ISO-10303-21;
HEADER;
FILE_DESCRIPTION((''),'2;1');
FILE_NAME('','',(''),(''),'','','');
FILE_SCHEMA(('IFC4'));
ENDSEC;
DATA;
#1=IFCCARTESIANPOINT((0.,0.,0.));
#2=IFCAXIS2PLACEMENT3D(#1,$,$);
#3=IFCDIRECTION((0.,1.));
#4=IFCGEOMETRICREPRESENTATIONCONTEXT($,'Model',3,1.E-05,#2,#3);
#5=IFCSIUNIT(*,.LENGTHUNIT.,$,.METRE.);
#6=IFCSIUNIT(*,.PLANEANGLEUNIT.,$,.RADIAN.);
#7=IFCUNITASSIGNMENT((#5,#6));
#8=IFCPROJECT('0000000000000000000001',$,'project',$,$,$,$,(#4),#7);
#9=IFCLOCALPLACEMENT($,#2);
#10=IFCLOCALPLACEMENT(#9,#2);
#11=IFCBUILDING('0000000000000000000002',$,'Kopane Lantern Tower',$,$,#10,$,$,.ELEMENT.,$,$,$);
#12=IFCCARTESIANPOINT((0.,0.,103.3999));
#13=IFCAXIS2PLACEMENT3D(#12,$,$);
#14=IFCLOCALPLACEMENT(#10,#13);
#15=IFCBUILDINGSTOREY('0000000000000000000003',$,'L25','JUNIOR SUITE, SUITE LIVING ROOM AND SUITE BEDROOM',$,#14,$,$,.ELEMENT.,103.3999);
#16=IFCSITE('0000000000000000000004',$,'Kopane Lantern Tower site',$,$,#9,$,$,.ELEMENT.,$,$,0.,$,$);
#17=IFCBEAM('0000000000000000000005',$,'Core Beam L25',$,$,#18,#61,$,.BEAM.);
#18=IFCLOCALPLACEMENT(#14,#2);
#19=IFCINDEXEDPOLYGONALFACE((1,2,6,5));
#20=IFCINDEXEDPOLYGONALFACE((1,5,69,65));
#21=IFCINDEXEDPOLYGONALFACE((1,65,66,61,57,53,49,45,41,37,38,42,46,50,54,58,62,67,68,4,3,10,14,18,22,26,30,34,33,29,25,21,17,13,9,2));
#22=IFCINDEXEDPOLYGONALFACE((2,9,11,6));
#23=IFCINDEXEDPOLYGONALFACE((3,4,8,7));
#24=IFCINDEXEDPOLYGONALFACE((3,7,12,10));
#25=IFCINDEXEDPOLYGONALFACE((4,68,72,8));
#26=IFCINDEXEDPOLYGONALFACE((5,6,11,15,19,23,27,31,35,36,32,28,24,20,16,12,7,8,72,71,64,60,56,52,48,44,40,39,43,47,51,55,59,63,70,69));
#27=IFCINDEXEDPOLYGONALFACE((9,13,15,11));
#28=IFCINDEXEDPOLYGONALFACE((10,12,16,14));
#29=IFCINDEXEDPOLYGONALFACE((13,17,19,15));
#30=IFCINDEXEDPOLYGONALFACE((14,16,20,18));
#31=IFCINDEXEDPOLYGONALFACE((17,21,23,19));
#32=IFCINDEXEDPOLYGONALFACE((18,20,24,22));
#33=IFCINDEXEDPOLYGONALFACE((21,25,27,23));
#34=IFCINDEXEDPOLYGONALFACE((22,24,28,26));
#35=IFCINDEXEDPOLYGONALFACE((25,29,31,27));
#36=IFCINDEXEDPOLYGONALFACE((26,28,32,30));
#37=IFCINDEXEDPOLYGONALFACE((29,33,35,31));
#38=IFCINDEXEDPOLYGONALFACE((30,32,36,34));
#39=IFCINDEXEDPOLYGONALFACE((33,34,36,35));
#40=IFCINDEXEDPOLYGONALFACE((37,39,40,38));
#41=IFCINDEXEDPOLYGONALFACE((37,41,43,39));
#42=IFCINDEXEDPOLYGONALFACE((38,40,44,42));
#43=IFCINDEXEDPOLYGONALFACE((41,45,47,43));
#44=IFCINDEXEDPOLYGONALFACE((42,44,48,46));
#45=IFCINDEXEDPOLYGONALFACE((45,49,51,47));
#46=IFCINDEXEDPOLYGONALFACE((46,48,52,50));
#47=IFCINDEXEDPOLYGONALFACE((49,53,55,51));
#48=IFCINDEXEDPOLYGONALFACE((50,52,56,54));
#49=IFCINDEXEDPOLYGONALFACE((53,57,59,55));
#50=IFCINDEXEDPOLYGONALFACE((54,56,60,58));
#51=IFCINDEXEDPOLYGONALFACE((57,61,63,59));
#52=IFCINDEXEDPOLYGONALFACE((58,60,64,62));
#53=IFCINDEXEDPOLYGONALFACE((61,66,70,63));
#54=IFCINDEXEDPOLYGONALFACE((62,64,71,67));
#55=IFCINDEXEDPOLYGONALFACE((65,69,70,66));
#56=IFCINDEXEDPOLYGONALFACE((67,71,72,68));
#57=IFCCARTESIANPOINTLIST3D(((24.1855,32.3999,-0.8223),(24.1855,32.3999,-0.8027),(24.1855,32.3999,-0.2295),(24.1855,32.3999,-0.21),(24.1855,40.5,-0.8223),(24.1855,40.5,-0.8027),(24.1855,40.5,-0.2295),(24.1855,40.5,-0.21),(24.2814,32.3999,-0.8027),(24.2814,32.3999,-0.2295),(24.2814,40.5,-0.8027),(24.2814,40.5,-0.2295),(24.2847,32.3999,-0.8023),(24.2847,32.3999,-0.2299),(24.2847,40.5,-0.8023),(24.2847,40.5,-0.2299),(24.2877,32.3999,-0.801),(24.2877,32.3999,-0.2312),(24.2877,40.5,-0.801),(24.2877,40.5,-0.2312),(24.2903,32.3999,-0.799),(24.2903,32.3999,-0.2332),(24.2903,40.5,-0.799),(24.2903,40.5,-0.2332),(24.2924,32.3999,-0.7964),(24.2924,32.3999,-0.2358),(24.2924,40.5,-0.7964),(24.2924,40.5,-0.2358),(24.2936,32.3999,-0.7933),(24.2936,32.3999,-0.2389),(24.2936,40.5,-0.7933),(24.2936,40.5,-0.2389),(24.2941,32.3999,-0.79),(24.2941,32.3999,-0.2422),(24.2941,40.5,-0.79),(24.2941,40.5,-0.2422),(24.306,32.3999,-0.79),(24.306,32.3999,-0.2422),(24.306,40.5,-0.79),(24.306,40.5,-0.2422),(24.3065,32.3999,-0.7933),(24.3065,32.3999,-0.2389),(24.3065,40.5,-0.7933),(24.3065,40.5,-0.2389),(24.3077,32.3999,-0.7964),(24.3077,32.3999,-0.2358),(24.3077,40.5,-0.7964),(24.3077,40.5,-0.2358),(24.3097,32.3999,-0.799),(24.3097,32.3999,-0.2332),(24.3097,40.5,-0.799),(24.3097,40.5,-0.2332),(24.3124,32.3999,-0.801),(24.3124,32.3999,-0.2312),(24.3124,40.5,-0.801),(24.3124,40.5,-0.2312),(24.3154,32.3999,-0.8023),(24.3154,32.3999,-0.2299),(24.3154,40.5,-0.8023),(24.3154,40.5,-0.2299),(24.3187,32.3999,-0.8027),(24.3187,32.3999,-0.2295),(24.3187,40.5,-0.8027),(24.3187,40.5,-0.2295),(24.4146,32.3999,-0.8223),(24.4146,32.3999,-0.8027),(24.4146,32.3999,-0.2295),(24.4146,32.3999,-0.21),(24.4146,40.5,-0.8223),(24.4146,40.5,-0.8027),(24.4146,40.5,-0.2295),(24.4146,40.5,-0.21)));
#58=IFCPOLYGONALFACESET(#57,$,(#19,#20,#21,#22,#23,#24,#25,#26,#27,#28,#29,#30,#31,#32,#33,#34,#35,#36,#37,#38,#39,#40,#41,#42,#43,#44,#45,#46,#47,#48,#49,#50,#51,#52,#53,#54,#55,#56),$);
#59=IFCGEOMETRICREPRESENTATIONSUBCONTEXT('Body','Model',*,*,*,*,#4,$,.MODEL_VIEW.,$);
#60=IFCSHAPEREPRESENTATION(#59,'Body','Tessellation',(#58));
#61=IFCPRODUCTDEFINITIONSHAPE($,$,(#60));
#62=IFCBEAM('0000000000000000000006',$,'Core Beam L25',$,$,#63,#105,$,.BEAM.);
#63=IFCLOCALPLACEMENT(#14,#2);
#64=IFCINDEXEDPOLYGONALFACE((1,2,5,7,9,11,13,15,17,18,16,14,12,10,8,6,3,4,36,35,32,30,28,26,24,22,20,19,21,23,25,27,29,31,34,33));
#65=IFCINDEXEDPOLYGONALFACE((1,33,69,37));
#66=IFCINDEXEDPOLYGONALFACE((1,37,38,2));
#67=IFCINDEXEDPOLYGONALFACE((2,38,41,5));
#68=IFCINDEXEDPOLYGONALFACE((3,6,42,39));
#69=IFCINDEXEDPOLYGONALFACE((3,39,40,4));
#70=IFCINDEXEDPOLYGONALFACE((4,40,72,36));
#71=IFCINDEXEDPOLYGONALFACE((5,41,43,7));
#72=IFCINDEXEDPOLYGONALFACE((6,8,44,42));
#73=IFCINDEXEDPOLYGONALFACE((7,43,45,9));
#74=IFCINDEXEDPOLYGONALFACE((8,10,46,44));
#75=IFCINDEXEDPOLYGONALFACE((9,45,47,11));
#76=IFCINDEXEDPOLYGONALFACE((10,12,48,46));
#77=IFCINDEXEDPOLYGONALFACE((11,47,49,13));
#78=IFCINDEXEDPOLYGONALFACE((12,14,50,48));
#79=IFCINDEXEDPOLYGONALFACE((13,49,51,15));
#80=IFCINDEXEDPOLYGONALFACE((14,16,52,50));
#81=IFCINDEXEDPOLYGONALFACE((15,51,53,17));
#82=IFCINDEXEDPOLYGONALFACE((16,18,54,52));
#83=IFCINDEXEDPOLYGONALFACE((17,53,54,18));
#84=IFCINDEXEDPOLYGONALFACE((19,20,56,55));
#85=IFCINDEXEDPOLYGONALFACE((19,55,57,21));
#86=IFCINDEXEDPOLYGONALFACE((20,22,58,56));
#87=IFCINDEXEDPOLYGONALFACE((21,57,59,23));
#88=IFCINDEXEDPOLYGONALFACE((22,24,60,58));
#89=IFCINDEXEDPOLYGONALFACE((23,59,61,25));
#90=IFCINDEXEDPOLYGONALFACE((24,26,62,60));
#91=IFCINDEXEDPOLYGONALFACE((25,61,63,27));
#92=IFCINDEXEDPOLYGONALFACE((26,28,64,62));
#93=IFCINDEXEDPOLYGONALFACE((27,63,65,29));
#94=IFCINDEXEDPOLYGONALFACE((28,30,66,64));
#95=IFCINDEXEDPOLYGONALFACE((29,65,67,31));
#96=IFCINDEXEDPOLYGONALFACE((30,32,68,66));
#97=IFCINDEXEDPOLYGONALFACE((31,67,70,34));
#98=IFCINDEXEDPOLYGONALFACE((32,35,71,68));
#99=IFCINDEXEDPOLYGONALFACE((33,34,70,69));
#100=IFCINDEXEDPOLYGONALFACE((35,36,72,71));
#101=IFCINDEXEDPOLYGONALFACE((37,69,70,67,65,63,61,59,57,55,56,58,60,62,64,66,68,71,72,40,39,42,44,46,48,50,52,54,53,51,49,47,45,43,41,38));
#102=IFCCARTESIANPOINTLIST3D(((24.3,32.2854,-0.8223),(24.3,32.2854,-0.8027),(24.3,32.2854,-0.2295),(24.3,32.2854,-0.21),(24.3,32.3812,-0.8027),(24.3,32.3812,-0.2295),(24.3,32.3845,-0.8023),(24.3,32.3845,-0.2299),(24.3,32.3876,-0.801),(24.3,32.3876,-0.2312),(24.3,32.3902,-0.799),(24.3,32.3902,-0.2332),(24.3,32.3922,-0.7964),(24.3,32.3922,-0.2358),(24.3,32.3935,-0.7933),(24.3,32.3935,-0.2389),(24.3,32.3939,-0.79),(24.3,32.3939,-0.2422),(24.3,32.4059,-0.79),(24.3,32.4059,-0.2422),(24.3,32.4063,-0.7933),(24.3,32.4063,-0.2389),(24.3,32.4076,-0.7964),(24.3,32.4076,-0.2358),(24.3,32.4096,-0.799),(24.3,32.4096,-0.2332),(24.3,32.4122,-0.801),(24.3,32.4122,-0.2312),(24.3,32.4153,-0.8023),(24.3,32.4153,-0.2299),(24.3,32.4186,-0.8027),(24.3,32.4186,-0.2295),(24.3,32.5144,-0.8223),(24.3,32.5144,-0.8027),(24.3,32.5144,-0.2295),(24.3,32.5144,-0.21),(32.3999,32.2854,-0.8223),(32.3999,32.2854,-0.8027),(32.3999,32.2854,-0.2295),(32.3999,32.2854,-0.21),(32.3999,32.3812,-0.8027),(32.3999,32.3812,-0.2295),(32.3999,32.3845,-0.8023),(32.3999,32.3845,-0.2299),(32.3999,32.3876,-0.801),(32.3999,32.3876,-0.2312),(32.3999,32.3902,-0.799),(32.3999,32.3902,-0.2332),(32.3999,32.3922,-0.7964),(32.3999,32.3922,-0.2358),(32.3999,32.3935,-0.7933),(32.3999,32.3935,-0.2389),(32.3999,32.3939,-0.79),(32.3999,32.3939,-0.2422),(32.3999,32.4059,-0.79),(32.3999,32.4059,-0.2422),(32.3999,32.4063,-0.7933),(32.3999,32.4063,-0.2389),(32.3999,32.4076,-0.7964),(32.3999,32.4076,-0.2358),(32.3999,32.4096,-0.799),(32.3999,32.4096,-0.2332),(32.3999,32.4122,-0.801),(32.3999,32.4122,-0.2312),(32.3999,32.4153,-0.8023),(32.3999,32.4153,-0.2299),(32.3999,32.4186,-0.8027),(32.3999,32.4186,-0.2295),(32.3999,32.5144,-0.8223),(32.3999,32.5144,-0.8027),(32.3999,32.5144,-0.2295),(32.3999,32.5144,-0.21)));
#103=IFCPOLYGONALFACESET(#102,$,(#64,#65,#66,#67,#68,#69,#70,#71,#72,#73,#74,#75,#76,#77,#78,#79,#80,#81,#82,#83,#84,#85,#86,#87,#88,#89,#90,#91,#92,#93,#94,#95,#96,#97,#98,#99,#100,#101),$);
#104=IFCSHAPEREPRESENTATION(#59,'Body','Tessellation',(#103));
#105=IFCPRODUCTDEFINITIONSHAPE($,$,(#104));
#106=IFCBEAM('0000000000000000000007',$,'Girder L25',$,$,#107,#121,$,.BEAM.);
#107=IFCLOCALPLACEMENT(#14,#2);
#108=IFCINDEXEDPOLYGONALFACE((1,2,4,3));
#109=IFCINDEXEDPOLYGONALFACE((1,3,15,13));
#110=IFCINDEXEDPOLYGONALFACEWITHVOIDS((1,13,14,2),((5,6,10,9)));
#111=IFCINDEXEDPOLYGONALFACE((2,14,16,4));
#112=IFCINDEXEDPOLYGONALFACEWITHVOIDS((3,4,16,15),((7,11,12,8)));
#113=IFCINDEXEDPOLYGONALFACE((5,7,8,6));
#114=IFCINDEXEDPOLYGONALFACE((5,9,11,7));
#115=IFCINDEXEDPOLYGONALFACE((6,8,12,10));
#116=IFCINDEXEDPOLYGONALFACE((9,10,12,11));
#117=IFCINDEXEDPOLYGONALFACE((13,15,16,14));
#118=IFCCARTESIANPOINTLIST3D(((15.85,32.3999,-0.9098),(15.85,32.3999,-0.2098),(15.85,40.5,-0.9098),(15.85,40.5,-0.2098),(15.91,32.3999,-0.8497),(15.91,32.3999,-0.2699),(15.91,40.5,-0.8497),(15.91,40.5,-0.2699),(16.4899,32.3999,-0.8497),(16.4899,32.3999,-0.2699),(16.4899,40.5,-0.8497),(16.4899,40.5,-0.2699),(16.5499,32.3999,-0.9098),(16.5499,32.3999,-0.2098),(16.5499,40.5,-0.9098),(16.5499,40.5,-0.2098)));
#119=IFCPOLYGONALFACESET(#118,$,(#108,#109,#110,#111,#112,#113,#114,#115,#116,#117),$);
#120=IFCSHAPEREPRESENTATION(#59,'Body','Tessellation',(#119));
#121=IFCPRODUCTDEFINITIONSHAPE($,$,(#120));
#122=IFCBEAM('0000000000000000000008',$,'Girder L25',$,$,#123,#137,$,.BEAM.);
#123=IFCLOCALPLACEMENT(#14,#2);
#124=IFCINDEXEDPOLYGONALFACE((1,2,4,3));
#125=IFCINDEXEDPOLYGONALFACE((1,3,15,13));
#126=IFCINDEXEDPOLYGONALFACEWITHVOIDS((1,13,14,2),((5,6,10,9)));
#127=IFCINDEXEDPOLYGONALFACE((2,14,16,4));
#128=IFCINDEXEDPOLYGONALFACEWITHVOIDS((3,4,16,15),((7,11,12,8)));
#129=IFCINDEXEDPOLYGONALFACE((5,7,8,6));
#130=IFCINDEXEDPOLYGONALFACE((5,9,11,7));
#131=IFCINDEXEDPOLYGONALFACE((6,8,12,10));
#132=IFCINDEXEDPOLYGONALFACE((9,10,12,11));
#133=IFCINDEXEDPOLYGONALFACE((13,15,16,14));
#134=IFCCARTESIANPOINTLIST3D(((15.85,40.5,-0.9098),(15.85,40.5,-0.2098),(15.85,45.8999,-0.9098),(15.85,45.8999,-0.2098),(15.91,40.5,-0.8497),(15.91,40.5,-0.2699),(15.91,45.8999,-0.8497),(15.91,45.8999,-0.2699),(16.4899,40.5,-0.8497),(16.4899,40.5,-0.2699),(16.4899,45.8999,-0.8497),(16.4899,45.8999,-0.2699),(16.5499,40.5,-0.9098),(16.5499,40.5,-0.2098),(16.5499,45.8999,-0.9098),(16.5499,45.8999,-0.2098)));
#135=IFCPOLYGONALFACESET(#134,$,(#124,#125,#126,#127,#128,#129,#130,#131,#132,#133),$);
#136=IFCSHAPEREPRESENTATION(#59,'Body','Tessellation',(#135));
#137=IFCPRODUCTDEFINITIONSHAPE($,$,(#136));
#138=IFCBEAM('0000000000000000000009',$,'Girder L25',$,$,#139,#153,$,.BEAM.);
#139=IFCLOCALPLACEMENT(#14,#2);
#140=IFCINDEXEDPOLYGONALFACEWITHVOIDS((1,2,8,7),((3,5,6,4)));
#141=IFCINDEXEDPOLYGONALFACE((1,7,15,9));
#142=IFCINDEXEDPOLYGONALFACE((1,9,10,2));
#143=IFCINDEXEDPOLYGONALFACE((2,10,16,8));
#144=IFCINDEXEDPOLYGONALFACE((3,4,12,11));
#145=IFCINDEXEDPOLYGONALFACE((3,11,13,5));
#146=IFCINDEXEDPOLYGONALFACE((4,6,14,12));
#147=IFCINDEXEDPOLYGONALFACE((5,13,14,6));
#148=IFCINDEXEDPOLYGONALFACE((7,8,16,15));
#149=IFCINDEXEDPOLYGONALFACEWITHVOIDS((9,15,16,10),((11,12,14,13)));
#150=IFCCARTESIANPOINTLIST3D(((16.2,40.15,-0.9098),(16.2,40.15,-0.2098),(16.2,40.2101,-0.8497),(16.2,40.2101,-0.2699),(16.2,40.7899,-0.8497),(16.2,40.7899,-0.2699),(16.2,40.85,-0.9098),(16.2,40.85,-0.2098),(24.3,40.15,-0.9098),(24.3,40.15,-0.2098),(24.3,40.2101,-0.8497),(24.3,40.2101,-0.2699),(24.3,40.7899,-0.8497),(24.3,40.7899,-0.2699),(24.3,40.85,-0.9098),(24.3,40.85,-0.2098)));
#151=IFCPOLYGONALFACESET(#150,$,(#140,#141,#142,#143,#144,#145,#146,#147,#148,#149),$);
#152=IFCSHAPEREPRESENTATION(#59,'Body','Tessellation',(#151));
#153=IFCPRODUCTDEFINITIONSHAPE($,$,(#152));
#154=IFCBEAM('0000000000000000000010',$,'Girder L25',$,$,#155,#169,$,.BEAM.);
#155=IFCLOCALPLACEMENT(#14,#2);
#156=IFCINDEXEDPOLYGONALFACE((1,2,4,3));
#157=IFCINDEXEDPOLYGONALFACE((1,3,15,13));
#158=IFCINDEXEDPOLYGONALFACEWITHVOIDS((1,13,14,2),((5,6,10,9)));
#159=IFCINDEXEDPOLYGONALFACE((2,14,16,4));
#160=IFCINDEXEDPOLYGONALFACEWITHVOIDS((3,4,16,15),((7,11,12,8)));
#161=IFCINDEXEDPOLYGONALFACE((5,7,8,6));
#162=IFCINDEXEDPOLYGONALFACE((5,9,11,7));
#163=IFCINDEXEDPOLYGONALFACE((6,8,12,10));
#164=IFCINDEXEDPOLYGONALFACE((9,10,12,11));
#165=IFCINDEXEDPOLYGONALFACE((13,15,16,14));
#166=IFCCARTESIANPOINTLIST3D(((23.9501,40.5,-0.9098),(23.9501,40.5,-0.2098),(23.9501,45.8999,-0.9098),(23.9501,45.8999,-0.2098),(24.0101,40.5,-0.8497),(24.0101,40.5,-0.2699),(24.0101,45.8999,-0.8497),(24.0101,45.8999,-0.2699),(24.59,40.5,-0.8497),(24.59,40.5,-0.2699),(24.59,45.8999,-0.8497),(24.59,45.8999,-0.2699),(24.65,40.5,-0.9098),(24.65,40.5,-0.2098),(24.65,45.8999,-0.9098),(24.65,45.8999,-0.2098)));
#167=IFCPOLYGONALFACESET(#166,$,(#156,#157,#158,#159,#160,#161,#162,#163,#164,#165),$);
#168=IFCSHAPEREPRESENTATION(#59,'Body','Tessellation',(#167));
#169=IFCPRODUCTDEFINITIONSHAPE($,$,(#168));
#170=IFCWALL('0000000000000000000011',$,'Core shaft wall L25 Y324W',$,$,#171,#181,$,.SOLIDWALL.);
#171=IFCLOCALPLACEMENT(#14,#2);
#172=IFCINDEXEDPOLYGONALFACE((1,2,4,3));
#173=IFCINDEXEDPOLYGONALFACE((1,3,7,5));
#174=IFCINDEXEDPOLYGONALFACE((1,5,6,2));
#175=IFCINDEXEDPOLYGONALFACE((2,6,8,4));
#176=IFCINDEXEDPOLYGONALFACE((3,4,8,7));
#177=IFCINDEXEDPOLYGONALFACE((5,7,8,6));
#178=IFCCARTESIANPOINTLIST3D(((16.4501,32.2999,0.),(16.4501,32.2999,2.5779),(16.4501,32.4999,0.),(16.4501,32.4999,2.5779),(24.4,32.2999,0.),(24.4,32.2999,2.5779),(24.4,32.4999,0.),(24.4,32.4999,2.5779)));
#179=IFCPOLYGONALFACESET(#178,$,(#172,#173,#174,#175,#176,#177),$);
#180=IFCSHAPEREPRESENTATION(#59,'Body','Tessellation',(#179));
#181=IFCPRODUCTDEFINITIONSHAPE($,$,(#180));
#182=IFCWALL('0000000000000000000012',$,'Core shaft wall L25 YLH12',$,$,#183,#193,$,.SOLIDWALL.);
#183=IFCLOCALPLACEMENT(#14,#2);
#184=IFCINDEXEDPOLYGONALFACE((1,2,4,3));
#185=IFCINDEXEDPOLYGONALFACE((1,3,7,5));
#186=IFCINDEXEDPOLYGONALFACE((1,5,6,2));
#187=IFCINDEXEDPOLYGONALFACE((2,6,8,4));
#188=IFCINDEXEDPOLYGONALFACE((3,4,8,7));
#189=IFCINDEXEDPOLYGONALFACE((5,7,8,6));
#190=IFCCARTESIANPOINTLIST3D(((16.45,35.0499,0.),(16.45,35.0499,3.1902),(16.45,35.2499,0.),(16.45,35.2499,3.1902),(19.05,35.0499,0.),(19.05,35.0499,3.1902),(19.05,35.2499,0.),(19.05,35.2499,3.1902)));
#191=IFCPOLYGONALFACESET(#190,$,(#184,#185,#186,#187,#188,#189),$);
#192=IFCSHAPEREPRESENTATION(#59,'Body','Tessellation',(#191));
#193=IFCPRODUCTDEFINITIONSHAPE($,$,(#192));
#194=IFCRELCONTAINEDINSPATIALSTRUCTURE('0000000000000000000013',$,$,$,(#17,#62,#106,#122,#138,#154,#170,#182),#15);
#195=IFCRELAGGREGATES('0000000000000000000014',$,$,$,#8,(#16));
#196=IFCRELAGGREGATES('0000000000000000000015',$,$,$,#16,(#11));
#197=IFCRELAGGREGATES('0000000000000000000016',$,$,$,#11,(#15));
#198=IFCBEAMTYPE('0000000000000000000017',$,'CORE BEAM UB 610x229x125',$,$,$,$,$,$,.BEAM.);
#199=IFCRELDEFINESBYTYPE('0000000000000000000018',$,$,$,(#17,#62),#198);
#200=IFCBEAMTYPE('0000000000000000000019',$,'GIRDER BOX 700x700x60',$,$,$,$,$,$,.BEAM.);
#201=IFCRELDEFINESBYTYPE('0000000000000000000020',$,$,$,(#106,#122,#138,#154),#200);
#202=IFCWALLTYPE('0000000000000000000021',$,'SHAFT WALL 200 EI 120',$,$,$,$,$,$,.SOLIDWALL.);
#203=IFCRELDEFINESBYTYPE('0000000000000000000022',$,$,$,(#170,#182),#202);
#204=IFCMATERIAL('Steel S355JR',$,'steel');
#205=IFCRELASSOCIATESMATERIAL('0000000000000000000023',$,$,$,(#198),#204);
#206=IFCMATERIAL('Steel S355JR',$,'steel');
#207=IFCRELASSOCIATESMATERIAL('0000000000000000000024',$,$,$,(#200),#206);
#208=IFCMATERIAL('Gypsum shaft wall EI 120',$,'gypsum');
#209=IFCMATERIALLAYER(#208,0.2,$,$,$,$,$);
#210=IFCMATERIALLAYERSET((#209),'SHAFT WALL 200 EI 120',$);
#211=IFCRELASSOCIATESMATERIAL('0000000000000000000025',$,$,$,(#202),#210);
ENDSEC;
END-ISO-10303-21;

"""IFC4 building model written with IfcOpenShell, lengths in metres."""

from ifc_helpers import new_model, si_unit, direction, frame, frame_2d, origin, origin_2d, place, context, subcontext, project, spatial, rectangle, hollow_rectangle, i_section, extrude, material, layer, layer_set, material_profile, profile_set, type_object, element, save


model = new_model("IFC4")

# Units and contexts
model_context = context("Model", 3, precision=1e-05, world=origin(), true_north=direction((0.0, 1.0)))
body_context = subcontext(model_context, "Body", "Model", "MODEL_VIEW")
ifc_project = project(units=[si_unit("LENGTHUNIT", "METRE"), si_unit("PLANEANGLEUNIT", "RADIAN")], contexts=[model_context])

# Site, building, storey
site_placement = place(None, origin())
site = spatial("IfcSite", under=ifc_project, at=site_placement, Name="Kopane Lantern Tower site", CompositionType="ELEMENT", RefElevation=0.0)
building_placement = place(site_placement, origin())
building = spatial("IfcBuilding", under=site, at=building_placement, Name="Kopane Lantern Tower", CompositionType="ELEMENT")
storey_placement = place(building_placement, frame((0.0, 0.0, 103.3999)))
storey = spatial("IfcBuildingStorey", under=building, at=storey_placement, Name="L25", Description="JUNIOR SUITE, SUITE LIVING ROOM AND SUITE BEDROOM", CompositionType="ELEMENT", Elevation=103.3999)

# Beams
ifc_material_1 = material(Name="Steel S355JR", Category="steel")
ifc_material_profile_1 = material_profile(ifc_material_1, i_section(OverallWidth=0.229, OverallDepth=0.6123, WebThickness=0.012, FlangeThickness=0.0195, FilletRadius=0.0127, at=origin_2d()), Name="UB 610x229x125")
ifc_profile_set_1 = profile_set([ifc_material_profile_1], Name="Steel S355JR")
beam_type_1 = type_object("IfcBeamType", Name="CORE BEAM UB 610x229x125", PredefinedType="BEAM", material=ifc_profile_set_1)
for number, where, z_axis, x_axis, name in (
    (1, (24.3, 32.3999, -0.5161), (0.0, 1.0, 0.0), (-1.0, 0.0, 0.0), "Core Beam L25"),
):
    element("IfcBeam", number, at=place(storey_placement, frame(where, z_axis=z_axis, x_axis=x_axis)), inside=storey, type_object=beam_type_1, Name=name, PredefinedType="BEAM", context=body_context, shape_type="SweptSolid", body=[
        extrude(i_section(OverallWidth=0.229, OverallDepth=0.6123, WebThickness=0.012, FlangeThickness=0.0195, FilletRadius=0.0127, at=origin_2d()), origin(), (0.0, 0.0, 1.0), 8.1001),
    ])
beam_1_placement = place(storey_placement, frame((24.3, 32.3999, -0.5161), z_axis=(1.0, 0.0, 0.0), x_axis=(0.0, 1.0, 0.0)))
element("IfcBeam", 2, at=beam_1_placement, inside=storey, type_object=beam_type_1, Name="Core Beam L25", PredefinedType="BEAM", context=body_context, shape_type="SweptSolid", body=[
    extrude(i_section(OverallWidth=0.229, OverallDepth=0.6123, WebThickness=0.012, FlangeThickness=0.0195, FilletRadius=0.0127, at=origin_2d()), origin(), (0.0, 0.0, 1.0), 8.0999),
])
ifc_material_2 = material(Name="Steel S355JR", Category="steel")
ifc_material_profile_2 = material_profile(ifc_material_2, hollow_rectangle(XDim=0.7, YDim=0.7, WallThickness=0.0601, at=origin_2d()), Name="BOX 700x700x60")
ifc_profile_set_2 = profile_set([ifc_material_profile_2], Name="Steel S355JR")
beam_type_2 = type_object("IfcBeamType", Name="GIRDER BOX 700x700x60", PredefinedType="BEAM", material=ifc_profile_set_2)
beam_2_placement = place(storey_placement, frame((16.2, 32.3999, -0.5598), z_axis=(0.0, 1.0, 0.0), x_axis=(-1.0, 0.0, 0.0)))
element("IfcBeam", 3, at=beam_2_placement, inside=storey, type_object=beam_type_2, Name="Girder L25", PredefinedType="BEAM", context=body_context, shape_type="SweptSolid", body=[
    extrude(hollow_rectangle(XDim=0.7, YDim=0.7, WallThickness=0.0601, at=origin_2d()), origin(), (0.0, 0.0, 1.0), 8.1001),
])
beam_3_placement = place(storey_placement, frame((16.2, 40.5, -0.5598), z_axis=(0.0, 1.0, 0.0), x_axis=(-1.0, 0.0, 0.0)))
element("IfcBeam", 4, at=beam_3_placement, inside=storey, type_object=beam_type_2, Name="Girder L25", PredefinedType="BEAM", context=body_context, shape_type="SweptSolid", body=[
    extrude(hollow_rectangle(XDim=0.7, YDim=0.7, WallThickness=0.0601, at=origin_2d()), origin(), (0.0, 0.0, 1.0), 5.3999),
])
beam_4_placement = place(storey_placement, frame((16.2, 40.5, -0.5598), z_axis=(1.0, 0.0, 0.0), x_axis=(0.0, 1.0, 0.0)))
element("IfcBeam", 5, at=beam_4_placement, inside=storey, type_object=beam_type_2, Name="Girder L25", PredefinedType="BEAM", context=body_context, shape_type="SweptSolid", body=[
    extrude(hollow_rectangle(XDim=0.7, YDim=0.7, WallThickness=0.0601, at=origin_2d()), origin(), (0.0, 0.0, 1.0), 8.1001),
])
beam_5_placement = place(storey_placement, frame((24.3, 40.5, -0.5598), z_axis=(0.0, 1.0, 0.0), x_axis=(-1.0, 0.0, 0.0)))
element("IfcBeam", 6, at=beam_5_placement, inside=storey, type_object=beam_type_2, Name="Girder L25", PredefinedType="BEAM", context=body_context, shape_type="SweptSolid", body=[
    extrude(hollow_rectangle(XDim=0.7, YDim=0.7, WallThickness=0.0601, at=origin_2d()), origin(), (0.0, 0.0, 1.0), 5.3999),
])

# Walls
ifc_material_3 = material(Name="Gypsum shaft wall EI 120", Category="gypsum")
ifc_layer_1 = layer(ifc_material_3, 0.2)
ifc_layer_set_1 = layer_set([ifc_layer_1], Name="SHAFT WALL 200 EI 120")
wall_type_1 = type_object("IfcWallType", Name="SHAFT WALL 200 EI 120", PredefinedType="SOLIDWALL", material=ifc_layer_set_1)
wall_1_placement = place(storey_placement, frame((16.45, 32.3999, 0.0), z_axis=(0.0, 0.0, 1.0), x_axis=(1.0, 0.0, 0.0)))
element("IfcWall", 7, at=wall_1_placement, inside=storey, type_object=wall_type_1, Name="Core shaft wall L25 Y324W", PredefinedType="SOLIDWALL", context=body_context, shape_type="SweptSolid", body=[
    extrude(rectangle(XDim=7.95, YDim=0.2, at=frame_2d((3.9751, 0.0))), origin(), (0.0, 0.0, 1.0), 2.5779),
])
for number, where, z_axis, x_axis, name in (
    (8, (16.45, 35.1499, 0.0), (0.0, 0.0, 1.0), (1.0, 0.0, 0.0), "Core shaft wall L25 YLH12"),
):
    element("IfcWall", number, at=place(storey_placement, frame(where, z_axis=z_axis, x_axis=x_axis)), inside=storey, type_object=wall_type_1, Name=name, PredefinedType="SOLIDWALL", context=body_context, shape_type="SweptSolid", body=[
        extrude(rectangle(XDim=2.6001, YDim=0.2, at=frame_2d((1.3, 0.0))), origin(), (0.0, 0.0, 1.0), 3.1902),
    ])

save(model, "model.ifc")
